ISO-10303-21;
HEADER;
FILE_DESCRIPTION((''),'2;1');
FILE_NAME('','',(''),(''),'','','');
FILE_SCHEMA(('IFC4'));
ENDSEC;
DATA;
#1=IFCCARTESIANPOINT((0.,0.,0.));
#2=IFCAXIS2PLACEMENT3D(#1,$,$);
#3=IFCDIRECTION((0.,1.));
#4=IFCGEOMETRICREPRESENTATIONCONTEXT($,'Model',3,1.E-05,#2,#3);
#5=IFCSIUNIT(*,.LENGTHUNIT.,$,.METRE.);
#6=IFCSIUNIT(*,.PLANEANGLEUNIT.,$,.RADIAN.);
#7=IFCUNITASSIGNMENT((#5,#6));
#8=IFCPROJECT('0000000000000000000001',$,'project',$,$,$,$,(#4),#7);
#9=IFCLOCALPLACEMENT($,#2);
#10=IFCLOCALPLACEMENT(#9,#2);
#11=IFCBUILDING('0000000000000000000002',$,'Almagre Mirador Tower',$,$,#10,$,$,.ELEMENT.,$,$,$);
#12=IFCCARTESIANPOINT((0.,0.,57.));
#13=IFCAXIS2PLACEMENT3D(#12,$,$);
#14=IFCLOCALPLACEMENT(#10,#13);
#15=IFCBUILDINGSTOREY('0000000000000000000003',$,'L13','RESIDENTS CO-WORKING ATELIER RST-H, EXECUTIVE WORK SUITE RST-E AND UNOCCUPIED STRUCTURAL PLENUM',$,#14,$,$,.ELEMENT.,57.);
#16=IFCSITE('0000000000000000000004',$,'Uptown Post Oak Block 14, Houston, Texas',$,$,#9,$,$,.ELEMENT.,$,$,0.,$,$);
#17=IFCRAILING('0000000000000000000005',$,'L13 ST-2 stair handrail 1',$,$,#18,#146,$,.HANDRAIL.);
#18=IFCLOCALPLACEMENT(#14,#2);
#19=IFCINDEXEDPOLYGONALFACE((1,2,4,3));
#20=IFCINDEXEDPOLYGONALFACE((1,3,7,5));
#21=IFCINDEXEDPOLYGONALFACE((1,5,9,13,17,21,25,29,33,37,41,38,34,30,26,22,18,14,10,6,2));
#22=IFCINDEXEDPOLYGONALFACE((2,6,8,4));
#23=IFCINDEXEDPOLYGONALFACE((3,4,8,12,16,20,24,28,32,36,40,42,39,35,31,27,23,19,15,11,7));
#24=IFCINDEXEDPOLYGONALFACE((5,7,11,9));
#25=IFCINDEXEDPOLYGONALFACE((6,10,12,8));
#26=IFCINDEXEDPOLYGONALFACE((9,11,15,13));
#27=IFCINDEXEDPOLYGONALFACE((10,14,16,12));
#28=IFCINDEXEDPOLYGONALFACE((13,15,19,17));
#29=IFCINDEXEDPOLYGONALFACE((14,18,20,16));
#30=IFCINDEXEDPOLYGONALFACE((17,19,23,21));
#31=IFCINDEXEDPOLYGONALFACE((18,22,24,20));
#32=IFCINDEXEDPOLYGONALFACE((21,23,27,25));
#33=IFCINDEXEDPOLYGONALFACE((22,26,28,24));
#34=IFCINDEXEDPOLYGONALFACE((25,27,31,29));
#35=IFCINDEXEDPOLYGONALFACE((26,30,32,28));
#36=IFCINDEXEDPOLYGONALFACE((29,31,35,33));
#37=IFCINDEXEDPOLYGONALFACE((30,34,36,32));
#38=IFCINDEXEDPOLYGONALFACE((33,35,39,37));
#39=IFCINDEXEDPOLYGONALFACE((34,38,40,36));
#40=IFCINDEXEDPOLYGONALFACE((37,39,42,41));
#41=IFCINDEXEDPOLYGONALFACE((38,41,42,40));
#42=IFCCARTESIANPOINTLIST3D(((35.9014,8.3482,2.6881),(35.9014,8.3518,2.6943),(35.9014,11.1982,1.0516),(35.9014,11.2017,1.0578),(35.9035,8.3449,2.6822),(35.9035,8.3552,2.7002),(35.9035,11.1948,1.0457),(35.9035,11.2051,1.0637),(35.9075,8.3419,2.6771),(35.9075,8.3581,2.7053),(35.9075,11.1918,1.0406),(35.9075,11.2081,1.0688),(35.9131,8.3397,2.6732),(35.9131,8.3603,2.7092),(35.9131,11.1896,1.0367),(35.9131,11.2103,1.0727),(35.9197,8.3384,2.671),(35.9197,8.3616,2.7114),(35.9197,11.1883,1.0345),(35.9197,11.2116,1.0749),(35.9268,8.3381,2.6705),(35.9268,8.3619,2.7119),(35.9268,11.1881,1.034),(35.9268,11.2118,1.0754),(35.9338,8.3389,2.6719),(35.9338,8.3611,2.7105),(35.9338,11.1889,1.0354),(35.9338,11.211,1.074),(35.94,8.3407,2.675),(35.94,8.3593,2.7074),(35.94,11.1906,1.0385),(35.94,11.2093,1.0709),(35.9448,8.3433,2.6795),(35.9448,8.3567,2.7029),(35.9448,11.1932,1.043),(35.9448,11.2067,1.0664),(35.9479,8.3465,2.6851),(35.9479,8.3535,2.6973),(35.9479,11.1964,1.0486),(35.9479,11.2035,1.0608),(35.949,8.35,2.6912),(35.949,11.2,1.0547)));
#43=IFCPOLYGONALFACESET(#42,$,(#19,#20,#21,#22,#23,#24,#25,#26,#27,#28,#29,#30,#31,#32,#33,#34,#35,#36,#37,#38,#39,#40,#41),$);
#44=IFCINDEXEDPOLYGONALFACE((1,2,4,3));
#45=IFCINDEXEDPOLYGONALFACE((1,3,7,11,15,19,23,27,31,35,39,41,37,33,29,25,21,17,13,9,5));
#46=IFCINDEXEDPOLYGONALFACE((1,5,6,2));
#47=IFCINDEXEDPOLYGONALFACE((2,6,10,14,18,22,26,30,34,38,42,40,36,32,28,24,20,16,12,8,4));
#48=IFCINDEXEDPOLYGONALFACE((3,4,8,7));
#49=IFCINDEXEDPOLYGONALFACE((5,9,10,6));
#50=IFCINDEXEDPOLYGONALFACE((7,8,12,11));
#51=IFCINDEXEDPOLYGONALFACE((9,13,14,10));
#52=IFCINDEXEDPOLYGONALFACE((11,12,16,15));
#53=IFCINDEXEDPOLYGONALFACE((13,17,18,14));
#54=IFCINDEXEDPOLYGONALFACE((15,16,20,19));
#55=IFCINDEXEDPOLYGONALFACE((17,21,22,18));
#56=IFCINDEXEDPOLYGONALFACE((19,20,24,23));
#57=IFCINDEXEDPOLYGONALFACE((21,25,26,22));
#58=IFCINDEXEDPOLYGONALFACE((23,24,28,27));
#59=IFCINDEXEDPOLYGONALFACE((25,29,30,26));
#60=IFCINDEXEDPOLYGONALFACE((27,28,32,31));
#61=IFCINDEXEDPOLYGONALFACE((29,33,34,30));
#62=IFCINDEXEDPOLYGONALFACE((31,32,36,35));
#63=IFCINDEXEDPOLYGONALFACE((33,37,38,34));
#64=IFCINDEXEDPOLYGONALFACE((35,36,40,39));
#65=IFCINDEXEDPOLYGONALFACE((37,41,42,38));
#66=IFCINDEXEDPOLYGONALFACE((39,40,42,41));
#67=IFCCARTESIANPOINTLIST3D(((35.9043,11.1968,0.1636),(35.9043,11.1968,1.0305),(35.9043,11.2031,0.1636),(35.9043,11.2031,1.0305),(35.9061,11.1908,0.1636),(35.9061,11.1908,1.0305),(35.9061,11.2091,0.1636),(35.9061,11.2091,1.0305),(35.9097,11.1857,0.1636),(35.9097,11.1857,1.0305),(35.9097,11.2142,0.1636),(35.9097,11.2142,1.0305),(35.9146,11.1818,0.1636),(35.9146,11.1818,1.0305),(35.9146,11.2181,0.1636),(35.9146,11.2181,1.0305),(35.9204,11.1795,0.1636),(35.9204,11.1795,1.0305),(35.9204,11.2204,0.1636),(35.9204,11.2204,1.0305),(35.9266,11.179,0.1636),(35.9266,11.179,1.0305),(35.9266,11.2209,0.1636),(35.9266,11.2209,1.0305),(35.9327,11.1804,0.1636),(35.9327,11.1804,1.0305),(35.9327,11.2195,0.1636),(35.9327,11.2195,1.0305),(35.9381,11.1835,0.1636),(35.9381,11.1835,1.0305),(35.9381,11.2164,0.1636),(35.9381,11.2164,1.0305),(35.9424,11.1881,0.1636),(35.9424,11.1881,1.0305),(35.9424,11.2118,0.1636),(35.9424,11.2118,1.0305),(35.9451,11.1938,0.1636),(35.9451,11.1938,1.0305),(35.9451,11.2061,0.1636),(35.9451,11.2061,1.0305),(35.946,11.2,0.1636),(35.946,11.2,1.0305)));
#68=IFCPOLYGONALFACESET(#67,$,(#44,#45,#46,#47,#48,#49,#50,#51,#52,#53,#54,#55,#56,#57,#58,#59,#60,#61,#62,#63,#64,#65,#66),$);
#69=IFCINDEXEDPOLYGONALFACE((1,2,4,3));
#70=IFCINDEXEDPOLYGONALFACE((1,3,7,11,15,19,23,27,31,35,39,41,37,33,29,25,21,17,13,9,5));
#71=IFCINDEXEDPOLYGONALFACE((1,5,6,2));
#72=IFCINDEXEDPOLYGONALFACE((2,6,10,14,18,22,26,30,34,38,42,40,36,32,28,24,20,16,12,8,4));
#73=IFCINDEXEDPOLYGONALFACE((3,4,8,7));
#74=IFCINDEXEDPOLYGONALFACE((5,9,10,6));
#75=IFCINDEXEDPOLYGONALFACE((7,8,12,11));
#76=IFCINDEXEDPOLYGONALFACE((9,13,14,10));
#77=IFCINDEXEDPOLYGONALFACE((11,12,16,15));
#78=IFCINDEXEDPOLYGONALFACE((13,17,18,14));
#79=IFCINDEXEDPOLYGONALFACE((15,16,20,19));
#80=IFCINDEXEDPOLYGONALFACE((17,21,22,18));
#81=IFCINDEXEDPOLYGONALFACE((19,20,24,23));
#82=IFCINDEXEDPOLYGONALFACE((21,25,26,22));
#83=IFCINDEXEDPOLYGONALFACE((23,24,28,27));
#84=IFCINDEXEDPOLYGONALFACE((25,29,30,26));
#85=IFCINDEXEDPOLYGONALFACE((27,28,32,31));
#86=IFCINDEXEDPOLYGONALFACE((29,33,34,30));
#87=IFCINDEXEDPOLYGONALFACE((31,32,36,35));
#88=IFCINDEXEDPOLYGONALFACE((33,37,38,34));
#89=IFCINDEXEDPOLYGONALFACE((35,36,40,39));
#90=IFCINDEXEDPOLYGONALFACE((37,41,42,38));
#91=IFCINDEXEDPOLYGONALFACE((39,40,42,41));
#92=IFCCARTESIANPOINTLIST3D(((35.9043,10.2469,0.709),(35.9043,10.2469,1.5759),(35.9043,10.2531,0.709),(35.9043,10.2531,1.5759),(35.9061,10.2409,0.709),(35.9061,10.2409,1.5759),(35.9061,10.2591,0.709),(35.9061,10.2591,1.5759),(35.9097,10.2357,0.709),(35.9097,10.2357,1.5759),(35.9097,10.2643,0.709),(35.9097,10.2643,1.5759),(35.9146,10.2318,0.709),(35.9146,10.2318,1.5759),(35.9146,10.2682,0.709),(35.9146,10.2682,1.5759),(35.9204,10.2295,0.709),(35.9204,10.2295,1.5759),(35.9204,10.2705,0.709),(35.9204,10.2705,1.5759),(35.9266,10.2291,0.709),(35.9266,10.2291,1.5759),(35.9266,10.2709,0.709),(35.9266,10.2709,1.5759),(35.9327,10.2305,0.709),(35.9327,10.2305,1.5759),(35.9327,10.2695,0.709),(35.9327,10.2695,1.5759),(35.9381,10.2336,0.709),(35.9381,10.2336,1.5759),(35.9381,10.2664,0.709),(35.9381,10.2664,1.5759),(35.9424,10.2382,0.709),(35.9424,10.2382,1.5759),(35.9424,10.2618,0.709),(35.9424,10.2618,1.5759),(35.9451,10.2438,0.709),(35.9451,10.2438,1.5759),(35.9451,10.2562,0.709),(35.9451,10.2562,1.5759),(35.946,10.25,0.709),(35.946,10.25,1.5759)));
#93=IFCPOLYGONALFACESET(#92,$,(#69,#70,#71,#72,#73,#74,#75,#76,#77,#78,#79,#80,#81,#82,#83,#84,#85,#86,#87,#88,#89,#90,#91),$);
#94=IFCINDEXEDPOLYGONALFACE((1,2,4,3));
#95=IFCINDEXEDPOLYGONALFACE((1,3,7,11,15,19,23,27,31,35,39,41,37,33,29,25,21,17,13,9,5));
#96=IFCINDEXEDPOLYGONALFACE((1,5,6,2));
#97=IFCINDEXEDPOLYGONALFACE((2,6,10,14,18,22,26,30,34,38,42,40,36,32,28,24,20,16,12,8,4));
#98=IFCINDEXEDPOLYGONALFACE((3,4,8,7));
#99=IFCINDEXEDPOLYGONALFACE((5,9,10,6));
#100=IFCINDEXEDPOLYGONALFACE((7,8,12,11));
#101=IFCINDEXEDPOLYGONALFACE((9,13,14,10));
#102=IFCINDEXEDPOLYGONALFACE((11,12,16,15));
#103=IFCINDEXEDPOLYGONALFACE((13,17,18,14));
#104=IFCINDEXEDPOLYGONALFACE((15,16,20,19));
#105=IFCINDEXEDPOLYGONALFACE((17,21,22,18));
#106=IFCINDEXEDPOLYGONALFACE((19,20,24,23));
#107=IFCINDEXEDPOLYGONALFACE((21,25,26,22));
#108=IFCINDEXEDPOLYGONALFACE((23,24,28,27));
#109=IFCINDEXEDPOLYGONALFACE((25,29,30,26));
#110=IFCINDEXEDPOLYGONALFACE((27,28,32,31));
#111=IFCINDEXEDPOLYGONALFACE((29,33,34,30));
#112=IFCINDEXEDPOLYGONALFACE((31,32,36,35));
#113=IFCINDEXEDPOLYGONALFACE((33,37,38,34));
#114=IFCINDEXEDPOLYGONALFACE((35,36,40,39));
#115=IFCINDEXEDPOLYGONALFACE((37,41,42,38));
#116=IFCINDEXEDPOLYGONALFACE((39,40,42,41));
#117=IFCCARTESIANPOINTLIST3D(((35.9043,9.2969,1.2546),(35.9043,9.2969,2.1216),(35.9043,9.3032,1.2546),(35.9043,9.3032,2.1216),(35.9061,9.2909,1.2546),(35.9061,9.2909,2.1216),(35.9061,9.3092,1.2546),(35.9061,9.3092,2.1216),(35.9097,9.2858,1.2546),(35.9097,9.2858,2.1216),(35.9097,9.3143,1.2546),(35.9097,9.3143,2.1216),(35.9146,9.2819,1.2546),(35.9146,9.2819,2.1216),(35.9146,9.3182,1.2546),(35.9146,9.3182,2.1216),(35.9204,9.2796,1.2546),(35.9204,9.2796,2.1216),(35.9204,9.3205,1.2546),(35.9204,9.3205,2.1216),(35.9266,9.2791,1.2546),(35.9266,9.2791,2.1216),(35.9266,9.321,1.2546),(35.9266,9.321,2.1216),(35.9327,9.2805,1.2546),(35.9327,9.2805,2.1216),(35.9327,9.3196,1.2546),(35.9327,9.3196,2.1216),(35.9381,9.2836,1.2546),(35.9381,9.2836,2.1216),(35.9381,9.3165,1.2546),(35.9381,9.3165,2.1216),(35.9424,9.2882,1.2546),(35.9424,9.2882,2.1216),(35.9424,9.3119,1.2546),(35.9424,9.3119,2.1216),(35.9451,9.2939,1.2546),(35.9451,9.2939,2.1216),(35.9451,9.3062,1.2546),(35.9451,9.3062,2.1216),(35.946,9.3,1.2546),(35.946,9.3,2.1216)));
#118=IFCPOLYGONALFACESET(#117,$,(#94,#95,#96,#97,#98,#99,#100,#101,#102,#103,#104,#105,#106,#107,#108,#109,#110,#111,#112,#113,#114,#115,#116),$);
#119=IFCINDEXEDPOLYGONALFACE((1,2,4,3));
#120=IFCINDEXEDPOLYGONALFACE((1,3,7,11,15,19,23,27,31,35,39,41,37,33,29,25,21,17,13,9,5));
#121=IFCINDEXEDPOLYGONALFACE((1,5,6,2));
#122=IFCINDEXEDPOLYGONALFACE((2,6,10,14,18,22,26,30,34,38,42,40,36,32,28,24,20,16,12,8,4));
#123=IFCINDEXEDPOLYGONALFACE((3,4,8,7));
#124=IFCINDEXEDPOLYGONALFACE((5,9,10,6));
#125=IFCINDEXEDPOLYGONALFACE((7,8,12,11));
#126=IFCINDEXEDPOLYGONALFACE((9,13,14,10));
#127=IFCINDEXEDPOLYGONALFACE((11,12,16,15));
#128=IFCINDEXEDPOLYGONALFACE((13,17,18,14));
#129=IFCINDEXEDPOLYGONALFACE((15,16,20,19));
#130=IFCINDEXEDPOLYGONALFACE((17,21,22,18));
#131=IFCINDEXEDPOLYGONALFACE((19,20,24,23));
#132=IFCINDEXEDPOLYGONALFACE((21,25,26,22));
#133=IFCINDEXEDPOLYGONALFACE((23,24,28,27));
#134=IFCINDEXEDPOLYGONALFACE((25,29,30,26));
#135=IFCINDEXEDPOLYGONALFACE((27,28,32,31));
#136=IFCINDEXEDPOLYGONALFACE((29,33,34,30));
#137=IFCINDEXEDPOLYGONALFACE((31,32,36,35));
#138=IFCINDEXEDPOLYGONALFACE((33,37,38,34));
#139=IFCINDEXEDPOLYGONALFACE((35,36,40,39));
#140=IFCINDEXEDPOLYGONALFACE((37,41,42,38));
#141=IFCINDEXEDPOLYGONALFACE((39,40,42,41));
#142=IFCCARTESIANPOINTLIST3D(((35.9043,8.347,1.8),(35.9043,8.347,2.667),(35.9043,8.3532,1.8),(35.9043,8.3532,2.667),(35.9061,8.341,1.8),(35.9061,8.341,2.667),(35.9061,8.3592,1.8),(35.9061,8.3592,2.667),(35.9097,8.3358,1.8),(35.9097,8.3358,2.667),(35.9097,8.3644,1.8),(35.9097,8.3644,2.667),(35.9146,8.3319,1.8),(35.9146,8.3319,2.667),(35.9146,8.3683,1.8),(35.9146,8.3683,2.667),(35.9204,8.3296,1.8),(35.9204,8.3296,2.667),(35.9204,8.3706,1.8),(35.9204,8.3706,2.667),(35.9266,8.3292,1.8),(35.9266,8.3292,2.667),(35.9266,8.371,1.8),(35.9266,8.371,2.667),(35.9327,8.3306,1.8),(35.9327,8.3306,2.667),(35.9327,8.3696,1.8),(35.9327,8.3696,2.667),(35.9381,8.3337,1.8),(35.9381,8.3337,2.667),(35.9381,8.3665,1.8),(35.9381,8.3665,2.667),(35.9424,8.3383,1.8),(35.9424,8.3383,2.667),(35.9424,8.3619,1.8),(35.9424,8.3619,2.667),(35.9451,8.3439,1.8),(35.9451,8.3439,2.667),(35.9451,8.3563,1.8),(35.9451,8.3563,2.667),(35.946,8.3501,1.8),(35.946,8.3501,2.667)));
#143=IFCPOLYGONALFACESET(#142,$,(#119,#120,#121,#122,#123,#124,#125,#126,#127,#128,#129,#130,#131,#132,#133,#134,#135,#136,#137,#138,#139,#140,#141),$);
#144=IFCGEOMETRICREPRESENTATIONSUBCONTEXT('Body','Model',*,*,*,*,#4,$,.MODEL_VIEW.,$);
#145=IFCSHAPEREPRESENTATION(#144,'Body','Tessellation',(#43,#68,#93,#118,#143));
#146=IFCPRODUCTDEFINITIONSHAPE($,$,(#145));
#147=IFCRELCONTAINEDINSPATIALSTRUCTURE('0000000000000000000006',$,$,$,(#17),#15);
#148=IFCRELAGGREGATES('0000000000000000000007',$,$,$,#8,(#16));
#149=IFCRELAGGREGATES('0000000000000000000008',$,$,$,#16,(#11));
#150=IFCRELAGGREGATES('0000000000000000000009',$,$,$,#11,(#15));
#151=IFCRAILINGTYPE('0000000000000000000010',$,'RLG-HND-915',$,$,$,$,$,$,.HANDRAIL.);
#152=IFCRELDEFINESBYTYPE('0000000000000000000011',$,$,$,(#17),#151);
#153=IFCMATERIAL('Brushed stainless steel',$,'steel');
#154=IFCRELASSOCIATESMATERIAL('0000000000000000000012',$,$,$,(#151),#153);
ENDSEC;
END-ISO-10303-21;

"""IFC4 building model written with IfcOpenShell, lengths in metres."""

from ifc_helpers import new_model, si_unit, direction, frame, origin, origin_2d, place, context, subcontext, project, spatial, circle, extrude, material, type_object, element, save


model = new_model("IFC4")

# Units and contexts
model_context = context("Model", 3, precision=1e-05, world=origin(), true_north=direction((0.0, 1.0)))
body_context = subcontext(model_context, "Body", "Model", "MODEL_VIEW")
ifc_project = project(units=[si_unit("LENGTHUNIT", "METRE"), si_unit("PLANEANGLEUNIT", "RADIAN")], contexts=[model_context])

# Site, building, storey
site_placement = place(None, origin())
site = spatial("IfcSite", under=ifc_project, at=site_placement, Name="Uptown Post Oak Block 14, Houston, Texas", CompositionType="ELEMENT", RefElevation=0.0)
building_placement = place(site_placement, origin())
building = spatial("IfcBuilding", under=site, at=building_placement, Name="Almagre Mirador Tower", CompositionType="ELEMENT")
storey_placement = place(building_placement, frame((0.0, 0.0, 57.0)))
storey = spatial("IfcBuildingStorey", under=building, at=storey_placement, Name="L13", Description="RESIDENTS CO-WORKING ATELIER RST-H, EXECUTIVE WORK SUITE RST-E AND UNOCCUPIED STRUCTURAL PLENUM", CompositionType="ELEMENT", Elevation=57.0)

# Railing
ifc_material_1 = material(Name="Brushed stainless steel", Category="steel")
railing_type_1 = type_object("IfcRailingType", Name="RLG-HND-915", PredefinedType="HANDRAIL", material=ifc_material_1)
railing_1_placement = place(storey_placement, frame((35.925, 11.2, 0.1636)))
element("IfcRailing", 1, at=railing_1_placement, inside=storey, type_object=railing_type_1, Name="L13 ST-2 stair handrail 1", PredefinedType="HANDRAIL", context=body_context, shape_type="SweptSolid", body=[
    extrude(circle(Radius=0.0239, at=origin_2d()), frame((0.0, 0.0, 0.8911), z_axis=(0.0, -0.867194, 0.49797), x_axis=(1.0, 0.0, 0.0)), (0.0, 0.0, 1.0), 3.2864),
    extrude(circle(Radius=0.021, at=origin_2d()), origin(), (0.0, 0.0, 1.0), 0.8669),
    extrude(circle(Radius=0.021, at=origin_2d()), frame((0.0, -0.95, 0.5454)), (0.0, 0.0, 1.0), 0.8669),
    extrude(circle(Radius=0.021, at=origin_2d()), frame((0.0, -1.8999, 1.0911)), (0.0, 0.0, 1.0), 0.8669),
    extrude(circle(Radius=0.021, at=origin_2d()), frame((0.0, -2.8499, 1.6365)), (0.0, 0.0, 1.0), 0.8669),
])

save(model, "model.ifc")
